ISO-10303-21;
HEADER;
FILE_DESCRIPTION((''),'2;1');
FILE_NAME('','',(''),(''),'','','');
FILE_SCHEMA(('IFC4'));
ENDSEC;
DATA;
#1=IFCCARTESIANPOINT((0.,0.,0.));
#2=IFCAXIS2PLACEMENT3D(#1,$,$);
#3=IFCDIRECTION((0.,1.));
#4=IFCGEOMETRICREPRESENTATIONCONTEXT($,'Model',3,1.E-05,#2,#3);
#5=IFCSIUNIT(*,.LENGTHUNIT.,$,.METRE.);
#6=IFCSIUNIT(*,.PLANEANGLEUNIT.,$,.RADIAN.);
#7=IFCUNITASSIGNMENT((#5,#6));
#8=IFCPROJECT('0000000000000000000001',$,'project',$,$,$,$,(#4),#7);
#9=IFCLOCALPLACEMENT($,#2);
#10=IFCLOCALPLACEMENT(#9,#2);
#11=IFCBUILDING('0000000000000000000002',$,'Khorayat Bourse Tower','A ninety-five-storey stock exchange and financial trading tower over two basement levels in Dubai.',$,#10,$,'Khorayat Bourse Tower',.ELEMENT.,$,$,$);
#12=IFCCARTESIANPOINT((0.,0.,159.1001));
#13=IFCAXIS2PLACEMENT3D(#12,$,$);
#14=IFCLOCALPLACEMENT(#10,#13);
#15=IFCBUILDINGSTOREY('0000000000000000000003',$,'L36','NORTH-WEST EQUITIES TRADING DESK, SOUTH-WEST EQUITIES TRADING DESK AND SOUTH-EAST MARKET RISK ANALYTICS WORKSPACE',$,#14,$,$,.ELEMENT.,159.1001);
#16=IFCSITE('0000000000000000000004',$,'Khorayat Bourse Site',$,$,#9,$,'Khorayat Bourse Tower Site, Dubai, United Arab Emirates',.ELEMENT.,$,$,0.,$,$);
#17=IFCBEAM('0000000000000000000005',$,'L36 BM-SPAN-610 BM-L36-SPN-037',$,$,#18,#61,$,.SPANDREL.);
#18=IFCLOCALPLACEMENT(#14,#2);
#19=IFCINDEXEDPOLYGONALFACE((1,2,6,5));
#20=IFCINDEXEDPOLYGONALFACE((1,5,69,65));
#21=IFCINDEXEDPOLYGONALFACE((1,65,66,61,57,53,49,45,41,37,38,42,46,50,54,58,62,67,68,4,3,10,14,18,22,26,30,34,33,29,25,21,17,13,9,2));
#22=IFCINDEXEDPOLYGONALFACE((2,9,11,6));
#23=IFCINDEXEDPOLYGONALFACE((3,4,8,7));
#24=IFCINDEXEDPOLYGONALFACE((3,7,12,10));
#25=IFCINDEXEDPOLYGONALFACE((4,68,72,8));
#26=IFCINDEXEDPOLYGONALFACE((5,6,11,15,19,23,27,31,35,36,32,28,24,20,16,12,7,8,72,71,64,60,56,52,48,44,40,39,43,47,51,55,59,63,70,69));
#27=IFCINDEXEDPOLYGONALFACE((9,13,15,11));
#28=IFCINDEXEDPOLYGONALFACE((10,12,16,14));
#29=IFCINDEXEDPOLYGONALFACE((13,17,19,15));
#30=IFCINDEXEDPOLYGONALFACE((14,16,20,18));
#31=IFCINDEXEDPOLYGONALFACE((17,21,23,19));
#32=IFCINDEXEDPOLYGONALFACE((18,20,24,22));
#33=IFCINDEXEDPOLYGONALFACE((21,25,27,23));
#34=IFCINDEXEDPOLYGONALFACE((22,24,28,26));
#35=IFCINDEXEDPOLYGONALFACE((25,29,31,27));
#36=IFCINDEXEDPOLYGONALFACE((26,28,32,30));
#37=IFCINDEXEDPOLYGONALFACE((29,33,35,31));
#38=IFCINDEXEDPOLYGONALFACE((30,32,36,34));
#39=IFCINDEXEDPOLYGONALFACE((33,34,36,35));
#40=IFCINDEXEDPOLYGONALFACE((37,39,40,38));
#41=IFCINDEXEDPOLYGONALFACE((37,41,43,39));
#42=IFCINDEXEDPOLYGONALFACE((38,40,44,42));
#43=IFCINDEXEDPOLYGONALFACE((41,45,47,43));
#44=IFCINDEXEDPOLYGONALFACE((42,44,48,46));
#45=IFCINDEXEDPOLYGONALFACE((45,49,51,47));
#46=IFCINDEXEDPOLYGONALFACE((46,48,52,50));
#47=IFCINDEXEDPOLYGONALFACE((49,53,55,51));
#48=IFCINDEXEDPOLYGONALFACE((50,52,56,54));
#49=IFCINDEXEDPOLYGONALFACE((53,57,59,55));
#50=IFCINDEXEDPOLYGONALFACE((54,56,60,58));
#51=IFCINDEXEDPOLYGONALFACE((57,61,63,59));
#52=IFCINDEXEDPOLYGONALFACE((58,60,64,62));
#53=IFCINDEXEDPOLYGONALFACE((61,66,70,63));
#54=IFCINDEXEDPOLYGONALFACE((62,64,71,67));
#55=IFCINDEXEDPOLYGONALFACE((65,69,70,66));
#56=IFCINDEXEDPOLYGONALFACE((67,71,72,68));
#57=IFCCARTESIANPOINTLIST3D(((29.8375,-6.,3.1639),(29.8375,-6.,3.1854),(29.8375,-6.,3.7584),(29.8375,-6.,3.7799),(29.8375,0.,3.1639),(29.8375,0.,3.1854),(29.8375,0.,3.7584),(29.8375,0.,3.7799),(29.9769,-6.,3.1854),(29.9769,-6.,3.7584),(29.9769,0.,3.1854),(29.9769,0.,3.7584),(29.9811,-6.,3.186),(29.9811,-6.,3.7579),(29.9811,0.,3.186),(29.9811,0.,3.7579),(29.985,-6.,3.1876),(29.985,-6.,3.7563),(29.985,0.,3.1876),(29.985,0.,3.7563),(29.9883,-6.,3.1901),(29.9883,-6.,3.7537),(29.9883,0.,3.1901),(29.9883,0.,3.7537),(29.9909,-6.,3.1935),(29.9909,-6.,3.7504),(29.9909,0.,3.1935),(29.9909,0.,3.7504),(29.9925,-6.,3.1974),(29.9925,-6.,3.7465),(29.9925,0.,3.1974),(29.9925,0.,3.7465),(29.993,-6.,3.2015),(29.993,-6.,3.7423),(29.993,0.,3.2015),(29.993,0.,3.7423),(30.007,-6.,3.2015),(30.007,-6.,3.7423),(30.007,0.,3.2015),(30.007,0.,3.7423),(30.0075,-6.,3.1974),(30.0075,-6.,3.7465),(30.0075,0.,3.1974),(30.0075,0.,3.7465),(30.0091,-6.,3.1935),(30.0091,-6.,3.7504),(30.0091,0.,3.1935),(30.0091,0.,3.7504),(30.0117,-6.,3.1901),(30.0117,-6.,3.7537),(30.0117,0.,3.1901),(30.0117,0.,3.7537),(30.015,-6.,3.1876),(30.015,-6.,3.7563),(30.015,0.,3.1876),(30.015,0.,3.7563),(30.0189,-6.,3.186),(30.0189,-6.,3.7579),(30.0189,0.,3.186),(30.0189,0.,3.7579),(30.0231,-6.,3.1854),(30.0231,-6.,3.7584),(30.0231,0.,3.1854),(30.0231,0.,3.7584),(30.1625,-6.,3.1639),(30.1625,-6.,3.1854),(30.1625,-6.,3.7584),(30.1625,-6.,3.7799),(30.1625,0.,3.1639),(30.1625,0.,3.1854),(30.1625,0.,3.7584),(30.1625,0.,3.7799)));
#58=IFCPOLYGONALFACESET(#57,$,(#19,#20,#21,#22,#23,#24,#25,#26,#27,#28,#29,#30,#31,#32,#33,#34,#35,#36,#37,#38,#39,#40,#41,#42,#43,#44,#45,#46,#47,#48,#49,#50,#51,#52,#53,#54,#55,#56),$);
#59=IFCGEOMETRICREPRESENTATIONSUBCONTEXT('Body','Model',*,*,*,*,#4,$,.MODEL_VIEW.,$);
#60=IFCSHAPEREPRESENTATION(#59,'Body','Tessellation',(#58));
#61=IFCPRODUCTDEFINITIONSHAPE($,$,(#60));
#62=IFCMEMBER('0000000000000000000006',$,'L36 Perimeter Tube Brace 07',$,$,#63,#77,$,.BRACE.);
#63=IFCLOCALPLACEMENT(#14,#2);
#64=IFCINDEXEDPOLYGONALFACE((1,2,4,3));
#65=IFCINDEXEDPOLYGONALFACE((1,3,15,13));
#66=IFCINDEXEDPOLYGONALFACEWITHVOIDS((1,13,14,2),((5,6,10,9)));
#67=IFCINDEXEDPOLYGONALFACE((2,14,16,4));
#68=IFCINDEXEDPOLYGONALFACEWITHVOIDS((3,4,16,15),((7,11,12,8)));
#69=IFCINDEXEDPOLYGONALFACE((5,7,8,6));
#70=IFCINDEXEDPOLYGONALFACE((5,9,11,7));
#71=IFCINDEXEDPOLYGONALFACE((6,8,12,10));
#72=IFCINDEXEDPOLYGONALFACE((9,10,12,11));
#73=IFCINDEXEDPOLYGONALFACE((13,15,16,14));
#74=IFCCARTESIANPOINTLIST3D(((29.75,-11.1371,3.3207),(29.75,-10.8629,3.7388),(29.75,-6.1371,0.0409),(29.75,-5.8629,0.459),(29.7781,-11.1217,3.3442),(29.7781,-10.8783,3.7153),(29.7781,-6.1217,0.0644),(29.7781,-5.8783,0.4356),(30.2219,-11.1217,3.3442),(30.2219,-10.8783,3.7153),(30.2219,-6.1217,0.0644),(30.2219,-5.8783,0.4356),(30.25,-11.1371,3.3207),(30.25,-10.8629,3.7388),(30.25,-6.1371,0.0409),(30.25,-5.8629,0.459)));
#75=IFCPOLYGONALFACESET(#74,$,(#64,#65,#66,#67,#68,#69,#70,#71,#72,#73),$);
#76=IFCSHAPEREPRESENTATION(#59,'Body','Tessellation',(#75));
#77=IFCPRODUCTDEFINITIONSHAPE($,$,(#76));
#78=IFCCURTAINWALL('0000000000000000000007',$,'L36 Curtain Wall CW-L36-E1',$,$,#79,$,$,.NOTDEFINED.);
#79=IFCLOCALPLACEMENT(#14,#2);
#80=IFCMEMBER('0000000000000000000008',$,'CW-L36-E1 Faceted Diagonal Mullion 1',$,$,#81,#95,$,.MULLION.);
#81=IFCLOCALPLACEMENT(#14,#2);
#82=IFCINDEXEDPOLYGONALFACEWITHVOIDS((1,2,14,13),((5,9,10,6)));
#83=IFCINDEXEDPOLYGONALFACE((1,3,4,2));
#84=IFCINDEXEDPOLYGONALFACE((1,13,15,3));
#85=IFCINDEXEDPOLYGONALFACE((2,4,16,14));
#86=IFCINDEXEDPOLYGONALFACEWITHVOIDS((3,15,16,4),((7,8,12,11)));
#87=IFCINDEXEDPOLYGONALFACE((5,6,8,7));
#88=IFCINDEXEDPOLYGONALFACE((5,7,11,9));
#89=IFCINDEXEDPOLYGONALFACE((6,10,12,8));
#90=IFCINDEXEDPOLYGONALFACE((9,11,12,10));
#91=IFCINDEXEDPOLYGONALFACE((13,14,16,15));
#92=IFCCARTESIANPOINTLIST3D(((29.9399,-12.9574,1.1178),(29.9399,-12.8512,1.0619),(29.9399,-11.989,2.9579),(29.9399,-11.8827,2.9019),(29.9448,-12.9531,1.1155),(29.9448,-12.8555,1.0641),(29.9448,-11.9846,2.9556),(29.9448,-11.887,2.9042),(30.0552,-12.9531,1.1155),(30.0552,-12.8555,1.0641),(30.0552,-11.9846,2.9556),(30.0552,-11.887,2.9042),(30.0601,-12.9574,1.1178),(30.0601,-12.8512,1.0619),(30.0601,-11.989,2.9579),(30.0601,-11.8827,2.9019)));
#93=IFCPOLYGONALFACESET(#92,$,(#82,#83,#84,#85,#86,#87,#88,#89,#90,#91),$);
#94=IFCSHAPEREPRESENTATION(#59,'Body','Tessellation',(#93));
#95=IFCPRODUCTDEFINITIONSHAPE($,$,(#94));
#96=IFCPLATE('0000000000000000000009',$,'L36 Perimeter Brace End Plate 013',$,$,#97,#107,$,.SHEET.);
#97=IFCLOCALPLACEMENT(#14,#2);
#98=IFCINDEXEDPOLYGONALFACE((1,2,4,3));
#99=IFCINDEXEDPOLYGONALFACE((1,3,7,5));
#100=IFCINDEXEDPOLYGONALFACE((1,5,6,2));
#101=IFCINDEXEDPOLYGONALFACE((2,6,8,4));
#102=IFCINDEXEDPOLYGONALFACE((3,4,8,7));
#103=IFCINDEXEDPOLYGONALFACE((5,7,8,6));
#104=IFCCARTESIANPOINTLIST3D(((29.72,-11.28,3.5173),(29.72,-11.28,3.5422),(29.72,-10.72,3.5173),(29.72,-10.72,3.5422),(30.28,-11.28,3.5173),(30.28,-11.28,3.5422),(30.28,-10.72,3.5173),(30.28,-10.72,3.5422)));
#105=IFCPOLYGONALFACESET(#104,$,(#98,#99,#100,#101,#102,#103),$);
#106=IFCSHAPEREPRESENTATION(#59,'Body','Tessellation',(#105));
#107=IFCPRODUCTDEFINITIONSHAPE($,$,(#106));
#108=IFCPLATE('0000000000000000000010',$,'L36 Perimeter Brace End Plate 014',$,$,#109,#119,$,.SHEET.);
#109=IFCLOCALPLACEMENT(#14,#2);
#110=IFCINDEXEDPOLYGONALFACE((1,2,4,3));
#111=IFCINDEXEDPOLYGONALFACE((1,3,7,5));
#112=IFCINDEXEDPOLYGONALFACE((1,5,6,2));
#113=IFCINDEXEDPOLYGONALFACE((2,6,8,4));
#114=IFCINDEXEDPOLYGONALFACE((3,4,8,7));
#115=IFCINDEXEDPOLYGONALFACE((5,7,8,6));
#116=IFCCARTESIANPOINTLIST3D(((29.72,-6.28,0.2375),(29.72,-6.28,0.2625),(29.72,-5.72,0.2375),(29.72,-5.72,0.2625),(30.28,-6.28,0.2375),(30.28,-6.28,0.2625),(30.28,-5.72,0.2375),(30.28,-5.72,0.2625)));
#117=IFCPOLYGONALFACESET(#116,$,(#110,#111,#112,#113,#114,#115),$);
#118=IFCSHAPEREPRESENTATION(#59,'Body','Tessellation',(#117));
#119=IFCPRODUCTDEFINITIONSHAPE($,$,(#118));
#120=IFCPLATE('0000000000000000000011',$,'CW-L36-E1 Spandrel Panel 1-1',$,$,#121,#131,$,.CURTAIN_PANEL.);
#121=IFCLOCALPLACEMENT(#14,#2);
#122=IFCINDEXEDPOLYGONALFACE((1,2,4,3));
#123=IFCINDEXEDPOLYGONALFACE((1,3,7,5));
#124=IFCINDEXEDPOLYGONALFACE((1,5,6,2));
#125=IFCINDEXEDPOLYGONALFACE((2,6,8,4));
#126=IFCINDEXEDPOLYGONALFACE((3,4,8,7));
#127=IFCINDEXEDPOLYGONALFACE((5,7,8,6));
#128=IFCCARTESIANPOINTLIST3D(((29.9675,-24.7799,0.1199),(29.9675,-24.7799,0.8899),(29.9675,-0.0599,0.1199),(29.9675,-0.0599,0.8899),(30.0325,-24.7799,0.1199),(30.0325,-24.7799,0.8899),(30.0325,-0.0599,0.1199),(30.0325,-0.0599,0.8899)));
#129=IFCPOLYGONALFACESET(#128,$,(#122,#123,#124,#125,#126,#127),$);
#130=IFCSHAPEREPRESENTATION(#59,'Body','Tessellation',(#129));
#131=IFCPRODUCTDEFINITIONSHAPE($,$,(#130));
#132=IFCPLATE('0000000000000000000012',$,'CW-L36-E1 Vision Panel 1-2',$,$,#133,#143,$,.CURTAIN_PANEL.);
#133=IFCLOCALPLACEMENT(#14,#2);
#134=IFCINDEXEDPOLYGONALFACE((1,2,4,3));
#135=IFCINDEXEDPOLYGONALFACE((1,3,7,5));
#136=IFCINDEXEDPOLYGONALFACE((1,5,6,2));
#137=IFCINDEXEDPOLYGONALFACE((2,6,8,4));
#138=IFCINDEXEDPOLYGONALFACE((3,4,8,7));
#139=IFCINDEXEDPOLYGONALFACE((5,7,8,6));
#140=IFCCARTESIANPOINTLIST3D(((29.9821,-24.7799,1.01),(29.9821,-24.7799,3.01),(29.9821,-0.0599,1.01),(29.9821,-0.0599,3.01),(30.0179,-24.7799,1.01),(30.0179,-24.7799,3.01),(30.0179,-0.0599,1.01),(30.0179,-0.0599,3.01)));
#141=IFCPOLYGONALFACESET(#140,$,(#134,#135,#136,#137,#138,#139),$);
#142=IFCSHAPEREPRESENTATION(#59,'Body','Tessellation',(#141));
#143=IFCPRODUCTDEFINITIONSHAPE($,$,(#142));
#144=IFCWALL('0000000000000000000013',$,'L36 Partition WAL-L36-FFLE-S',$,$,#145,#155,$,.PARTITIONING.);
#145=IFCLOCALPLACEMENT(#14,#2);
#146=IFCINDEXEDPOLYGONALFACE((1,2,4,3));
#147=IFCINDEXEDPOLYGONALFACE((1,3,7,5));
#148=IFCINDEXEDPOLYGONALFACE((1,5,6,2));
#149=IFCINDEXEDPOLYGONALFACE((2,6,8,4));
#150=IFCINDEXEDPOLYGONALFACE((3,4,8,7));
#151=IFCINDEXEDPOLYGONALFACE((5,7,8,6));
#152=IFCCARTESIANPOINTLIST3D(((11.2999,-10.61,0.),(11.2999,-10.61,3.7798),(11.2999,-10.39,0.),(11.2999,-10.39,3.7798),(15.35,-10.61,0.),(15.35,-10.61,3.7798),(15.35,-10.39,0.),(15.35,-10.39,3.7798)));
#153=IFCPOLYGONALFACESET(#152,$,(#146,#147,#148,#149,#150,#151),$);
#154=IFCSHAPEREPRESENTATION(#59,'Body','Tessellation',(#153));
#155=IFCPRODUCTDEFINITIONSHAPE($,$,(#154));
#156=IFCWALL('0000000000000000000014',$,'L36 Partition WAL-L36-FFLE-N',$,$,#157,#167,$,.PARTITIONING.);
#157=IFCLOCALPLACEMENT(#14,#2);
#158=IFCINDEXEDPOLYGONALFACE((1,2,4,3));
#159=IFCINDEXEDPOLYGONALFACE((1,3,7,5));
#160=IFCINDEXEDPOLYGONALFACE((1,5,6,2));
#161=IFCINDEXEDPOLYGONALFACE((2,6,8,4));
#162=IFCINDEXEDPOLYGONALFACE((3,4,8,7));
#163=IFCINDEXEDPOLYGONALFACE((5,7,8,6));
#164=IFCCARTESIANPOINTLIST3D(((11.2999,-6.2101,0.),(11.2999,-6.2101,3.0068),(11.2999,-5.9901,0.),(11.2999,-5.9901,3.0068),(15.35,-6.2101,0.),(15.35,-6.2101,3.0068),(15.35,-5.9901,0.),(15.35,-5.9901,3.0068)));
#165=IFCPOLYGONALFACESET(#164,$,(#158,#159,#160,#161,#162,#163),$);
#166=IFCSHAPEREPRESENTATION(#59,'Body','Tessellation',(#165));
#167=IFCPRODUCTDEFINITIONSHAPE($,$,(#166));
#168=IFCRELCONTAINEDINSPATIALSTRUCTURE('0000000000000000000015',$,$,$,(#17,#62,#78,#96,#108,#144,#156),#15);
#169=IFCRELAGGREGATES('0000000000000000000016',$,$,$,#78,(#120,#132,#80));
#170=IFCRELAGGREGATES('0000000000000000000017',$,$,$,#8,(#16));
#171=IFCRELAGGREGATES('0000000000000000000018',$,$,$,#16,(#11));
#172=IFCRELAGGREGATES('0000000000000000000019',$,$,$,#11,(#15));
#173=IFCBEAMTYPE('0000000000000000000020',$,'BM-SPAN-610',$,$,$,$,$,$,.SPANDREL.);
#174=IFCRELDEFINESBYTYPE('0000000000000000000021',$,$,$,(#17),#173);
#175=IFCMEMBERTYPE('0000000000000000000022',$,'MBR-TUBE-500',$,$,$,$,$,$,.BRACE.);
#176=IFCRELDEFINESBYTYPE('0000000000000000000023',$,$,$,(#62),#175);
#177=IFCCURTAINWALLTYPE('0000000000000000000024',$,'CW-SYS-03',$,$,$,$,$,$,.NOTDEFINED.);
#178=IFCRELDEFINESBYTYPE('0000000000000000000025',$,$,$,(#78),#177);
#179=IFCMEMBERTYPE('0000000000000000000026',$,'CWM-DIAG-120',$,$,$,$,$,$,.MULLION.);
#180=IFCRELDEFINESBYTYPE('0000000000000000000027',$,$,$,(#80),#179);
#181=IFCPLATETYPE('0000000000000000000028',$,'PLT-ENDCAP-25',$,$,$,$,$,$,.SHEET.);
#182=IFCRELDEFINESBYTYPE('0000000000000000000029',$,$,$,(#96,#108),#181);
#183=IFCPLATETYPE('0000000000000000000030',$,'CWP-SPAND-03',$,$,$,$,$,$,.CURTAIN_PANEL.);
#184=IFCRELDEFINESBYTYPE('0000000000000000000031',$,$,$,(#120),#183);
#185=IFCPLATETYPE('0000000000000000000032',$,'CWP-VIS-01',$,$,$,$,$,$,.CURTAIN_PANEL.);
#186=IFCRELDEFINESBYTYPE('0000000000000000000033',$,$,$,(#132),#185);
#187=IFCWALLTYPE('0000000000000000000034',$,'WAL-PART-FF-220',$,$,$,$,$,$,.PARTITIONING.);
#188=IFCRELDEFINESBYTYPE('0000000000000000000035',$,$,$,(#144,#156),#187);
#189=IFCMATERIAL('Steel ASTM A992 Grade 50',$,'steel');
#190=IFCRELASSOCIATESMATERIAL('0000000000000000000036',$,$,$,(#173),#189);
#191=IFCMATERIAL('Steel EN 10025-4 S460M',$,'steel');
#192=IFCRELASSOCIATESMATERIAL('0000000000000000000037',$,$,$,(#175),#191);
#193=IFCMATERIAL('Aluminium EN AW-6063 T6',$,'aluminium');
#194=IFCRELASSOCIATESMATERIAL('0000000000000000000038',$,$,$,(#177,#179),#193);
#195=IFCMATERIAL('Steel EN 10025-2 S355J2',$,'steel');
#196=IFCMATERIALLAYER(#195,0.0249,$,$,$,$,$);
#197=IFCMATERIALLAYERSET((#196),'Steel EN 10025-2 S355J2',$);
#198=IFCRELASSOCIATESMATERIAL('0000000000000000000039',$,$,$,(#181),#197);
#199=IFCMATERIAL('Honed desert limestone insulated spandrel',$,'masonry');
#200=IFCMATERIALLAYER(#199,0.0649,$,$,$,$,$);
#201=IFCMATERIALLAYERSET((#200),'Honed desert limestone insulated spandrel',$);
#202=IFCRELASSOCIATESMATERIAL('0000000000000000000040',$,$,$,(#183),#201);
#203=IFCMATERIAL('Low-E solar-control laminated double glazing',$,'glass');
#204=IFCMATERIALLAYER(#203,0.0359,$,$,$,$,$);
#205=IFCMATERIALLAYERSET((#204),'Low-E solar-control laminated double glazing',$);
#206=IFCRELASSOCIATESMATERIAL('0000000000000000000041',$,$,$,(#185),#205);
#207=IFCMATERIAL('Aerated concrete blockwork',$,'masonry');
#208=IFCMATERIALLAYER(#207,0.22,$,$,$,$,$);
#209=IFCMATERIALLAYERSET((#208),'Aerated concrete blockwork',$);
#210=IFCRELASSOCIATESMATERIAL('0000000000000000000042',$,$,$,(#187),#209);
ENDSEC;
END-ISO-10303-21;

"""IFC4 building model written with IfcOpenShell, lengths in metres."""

from ifc_helpers import new_model, si_unit, direction, frame, frame_2d, origin, origin_2d, place, context, subcontext, project, spatial, rectangle, hollow_rectangle, i_section, extrude, source, transform, mapped, material, layer, layer_set, material_profile, profile_set, type_object, element, aggregate, save


model = new_model("IFC4")

# Units and contexts
model_context = context("Model", 3, precision=1e-05, world=origin(), true_north=direction((0.0, 1.0)))
body_context = subcontext(model_context, "Body", "Model", "MODEL_VIEW")
ifc_project = project(units=[si_unit("LENGTHUNIT", "METRE"), si_unit("PLANEANGLEUNIT", "RADIAN")], contexts=[model_context])

# Site, building, storey
site_placement = place(None, origin())
site = spatial("IfcSite", under=ifc_project, at=site_placement, Name="Khorayat Bourse Site", LongName="Khorayat Bourse Tower Site, Dubai, United Arab Emirates", CompositionType="ELEMENT", RefElevation=0.0)
building_placement = place(site_placement, origin())
building = spatial("IfcBuilding", under=site, at=building_placement, Name="Khorayat Bourse Tower", Description="A ninety-five-storey stock exchange and financial trading tower over two basement levels in Dubai.", LongName="Khorayat Bourse Tower", CompositionType="ELEMENT")
storey_placement = place(building_placement, frame((0.0, 0.0, 159.1001)))
storey = spatial("IfcBuildingStorey", under=building, at=storey_placement, Name="L36", Description="NORTH-WEST EQUITIES TRADING DESK, SOUTH-WEST EQUITIES TRADING DESK AND SOUTH-EAST MARKET RISK ANALYTICS WORKSPACE", CompositionType="ELEMENT", Elevation=159.1001)

# Shared definitions
ifc_material_1 = material(Name="Steel EN 10025-4 S460M", Category="steel")

# Beam
ifc_material_2 = material(Name="Steel ASTM A992 Grade 50", Category="steel")
ifc_material_profile_1 = material_profile(ifc_material_2, i_section(OverallWidth=0.325, OverallDepth=0.616, WebThickness=0.0139, FlangeThickness=0.0215, FilletRadius=0.0161, at=origin_2d()), Name="W610X174")
ifc_profile_set_1 = profile_set([ifc_material_profile_1], Name="Steel ASTM A992 Grade 50")
beam_type_1 = type_object("IfcBeamType", Name="BM-SPAN-610", PredefinedType="SPANDREL", material=ifc_profile_set_1)
shared_shape_1 = source(origin(), body_context, "Body", "SweptSolid", [
    extrude(i_section(OverallWidth=0.325, OverallDepth=0.616, WebThickness=0.0139, FlangeThickness=0.0215, FilletRadius=0.0161, at=origin_2d()), origin(), (0.0, 0.0, 1.0), 6.0),
])
beam_1_placement = place(storey_placement, frame((30.0, -6.0, 3.4719), z_axis=(0.0, 1.0, 0.0), x_axis=(-1.0, 0.0, 0.0)))
element("IfcBeam", 1, at=beam_1_placement, inside=storey, type_object=beam_type_1, Name="L36 BM-SPAN-610 BM-L36-SPN-037", PredefinedType="SPANDREL", context=body_context, shape_type="MappedRepresentation", body=[
    mapped(shared_shape_1, transform((0.0, 0.0, 0.0), scale=1.0)),
])

# Member
ifc_material_profile_2 = material_profile(ifc_material_1, hollow_rectangle(XDim=0.5, YDim=0.5, WallThickness=0.0281, at=origin_2d()), Name="HSS 500x500x28")
ifc_profile_set_2 = profile_set([ifc_material_profile_2], Name="Steel EN 10025-4 S460M")
member_type_1 = type_object("IfcMemberType", Name="MBR-TUBE-500", PredefinedType="BRACE", material=ifc_profile_set_2)
shared_shape_2 = source(origin(), body_context, "Body", "SweptSolid", [
    extrude(hollow_rectangle(XDim=0.5, YDim=0.5, WallThickness=0.0281, at=origin_2d()), origin(), (0.0, 0.0, 1.0), 5.9797),
])
member_1_placement = place(storey_placement, frame((30.0, -11.0, 3.5298), z_axis=(0.0, 0.83616, -0.548485), x_axis=(-1.0, 0.0, 0.0)))
element("IfcMember", 2, at=member_1_placement, inside=storey, type_object=member_type_1, Name="L36 Perimeter Tube Brace 07", PredefinedType="BRACE", context=body_context, shape_type="MappedRepresentation", body=[
    mapped(shared_shape_2, transform((0.0, 0.0, 0.0), scale=1.0)),
])

# Curtain wall, member
ifc_material_3 = material(Name="Aluminium EN AW-6063 T6", Category="aluminium")
curtain_wall_type = type_object("IfcCurtainWallType", Name="CW-SYS-03", PredefinedType="NOTDEFINED", material=ifc_material_3)
curtain_wall_placement = place(storey_placement, origin())
curtain_wall = element("IfcCurtainWall", 3, at=curtain_wall_placement, inside=storey, type_object=curtain_wall_type, Name="L36 Curtain Wall CW-L36-E1", PredefinedType="NOTDEFINED")
ifc_material_profile_3 = material_profile(ifc_material_3, hollow_rectangle(XDim=0.1201, YDim=0.1201, WallThickness=0.0049, at=origin_2d()), Name="ALU 120x120x5")
ifc_profile_set_3 = profile_set([ifc_material_profile_3], Name="Aluminium EN AW-6063 T6")
member_type_2 = type_object("IfcMemberType", Name="CWM-DIAG-120", PredefinedType="MULLION", material=ifc_profile_set_3)
shared_shape_3 = source(origin(), body_context, "Body", "SweptSolid", [
    extrude(hollow_rectangle(XDim=0.1201, YDim=0.1201, WallThickness=0.0049, at=origin_2d()), origin(), (0.0, 0.0, 1.0), 2.0793),
])
member_2_placement = place(storey_placement, frame((30.0, -12.9043, 1.0898), z_axis=(0.0, 0.465761, 0.884911), x_axis=(-1.0, 0.0, 0.0)))
member_2 = element("IfcMember", 4, at=member_2_placement, type_object=member_type_2, Name="CW-L36-E1 Faceted Diagonal Mullion 1", PredefinedType="MULLION", context=body_context, shape_type="MappedRepresentation", body=[
    mapped(shared_shape_3, transform((0.0, 0.0, 0.0), scale=1.0)),
])

# Plates
ifc_material_4 = material(Name="Steel EN 10025-2 S355J2", Category="steel")
ifc_layer_1 = layer(ifc_material_4, 0.0249)
ifc_layer_set_1 = layer_set([ifc_layer_1], Name="Steel EN 10025-2 S355J2")
plate_type_1 = type_object("IfcPlateType", Name="PLT-ENDCAP-25", PredefinedType="SHEET", material=ifc_layer_set_1)
shared_shape_4 = source(origin(), body_context, "Body", "SweptSolid", [
    extrude(rectangle(XDim=0.5601, YDim=0.5601, at=origin_2d()), origin(), (0.0, 0.0, 1.0), 0.0249),
])
for number, where, z_axis, x_axis, name in (
    (5, (30.0, -11.0, 3.5173), (0.0, 0.0, 1.0), (1.0, 0.0, 0.0), "L36 Perimeter Brace End Plate 013"),
    (6, (30.0, -6.0, 0.2375), (0.0, 0.0, 1.0), (1.0, 0.0, 0.0), "L36 Perimeter Brace End Plate 014"),
):
    element("IfcPlate", number, at=place(storey_placement, frame(where, z_axis=z_axis, x_axis=x_axis)), inside=storey, type_object=plate_type_1, Name=name, PredefinedType="SHEET", context=body_context, shape_type="MappedRepresentation", body=[
        mapped(shared_shape_4, transform((0.0, 0.0, 0.0), scale=1.0)),
    ])

# Plates
ifc_material_5 = material(Name="Honed desert limestone insulated spandrel", Category="masonry")
ifc_layer_2 = layer(ifc_material_5, 0.0649)
ifc_layer_set_2 = layer_set([ifc_layer_2], Name="Honed desert limestone insulated spandrel")
plate_type_2 = type_object("IfcPlateType", Name="CWP-SPAND-03", PredefinedType="CURTAIN_PANEL", material=ifc_layer_set_2)
shared_shape_5 = source(origin(), body_context, "Body", "SweptSolid", [
    extrude(rectangle(XDim=24.72, YDim=0.0649, at=origin_2d()), origin(), (0.0, 0.0, 1.0), 0.77),
])
plate_1_placement = place(storey_placement, frame((30.0, -12.4199, 0.1199), z_axis=(0.0, 0.0, 1.0), x_axis=(0.0, 1.0, 0.0)))
plate_1 = element("IfcPlate", 7, at=plate_1_placement, type_object=plate_type_2, Name="CW-L36-E1 Spandrel Panel 1-1", PredefinedType="CURTAIN_PANEL", context=body_context, shape_type="MappedRepresentation", body=[
    mapped(shared_shape_5, transform((0.0, 0.0, 0.0), scale=1.0)),
])
ifc_material_6 = material(Name="Low-E solar-control laminated double glazing", Category="glass")
ifc_layer_3 = layer(ifc_material_6, 0.0359)
ifc_layer_set_3 = layer_set([ifc_layer_3], Name="Low-E solar-control laminated double glazing")
plate_type_3 = type_object("IfcPlateType", Name="CWP-VIS-01", PredefinedType="CURTAIN_PANEL", material=ifc_layer_set_3)
shared_shape_6 = source(origin(), body_context, "Body", "SweptSolid", [
    extrude(rectangle(XDim=24.72, YDim=0.0359, at=origin_2d()), origin(), (0.0, 0.0, 1.0), 2.0),
])
plate_2_placement = place(storey_placement, frame((30.0, -12.4199, 1.01), z_axis=(0.0, 0.0, 1.0), x_axis=(0.0, 1.0, 0.0)))
plate_2 = element("IfcPlate", 8, at=plate_2_placement, type_object=plate_type_3, Name="CW-L36-E1 Vision Panel 1-2", PredefinedType="CURTAIN_PANEL", context=body_context, shape_type="MappedRepresentation", body=[
    mapped(shared_shape_6, transform((0.0, 0.0, 0.0), scale=1.0)),
])
aggregate(curtain_wall, [plate_1, plate_2, member_2])

# Walls
ifc_material_7 = material(Name="Aerated concrete blockwork", Category="masonry")
ifc_layer_4 = layer(ifc_material_7, 0.22)
ifc_layer_set_4 = layer_set([ifc_layer_4], Name="Aerated concrete blockwork")
wall_type_1 = type_object("IfcWallType", Name="WAL-PART-FF-220", PredefinedType="PARTITIONING", material=ifc_layer_set_4)
shared_shape_7 = source(origin(), body_context, "Body", "SweptSolid", [
    extrude(rectangle(XDim=4.05, YDim=0.22, at=frame_2d((2.0249, 0.0))), origin(), (0.0, 0.0, 1.0), 3.7798),
])
wall_1_placement = place(storey_placement, frame((11.3, -10.5, 0.0), z_axis=(0.0, 0.0, 1.0), x_axis=(1.0, 0.0, 0.0)))
element("IfcWall", 9, at=wall_1_placement, inside=storey, type_object=wall_type_1, Name="L36 Partition WAL-L36-FFLE-S", PredefinedType="PARTITIONING", context=body_context, shape_type="MappedRepresentation", body=[
    mapped(shared_shape_7, transform((0.0, 0.0, 0.0), scale=1.0)),
])
shared_shape_8 = source(origin(), body_context, "Body", "SweptSolid", [
    extrude(rectangle(XDim=4.05, YDim=0.22, at=frame_2d((2.0249, 0.0))), origin(), (0.0, 0.0, 1.0), 3.0068),
])
wall_2_placement = place(storey_placement, frame((11.3, -6.1001, 0.0), z_axis=(0.0, 0.0, 1.0), x_axis=(1.0, 0.0, 0.0)))
element("IfcWall", 10, at=wall_2_placement, inside=storey, type_object=wall_type_1, Name="L36 Partition WAL-L36-FFLE-N", PredefinedType="PARTITIONING", context=body_context, shape_type="MappedRepresentation", body=[
    mapped(shared_shape_8, transform((0.0, 0.0, 0.0), scale=1.0)),
])

save(model, "model.ifc")
